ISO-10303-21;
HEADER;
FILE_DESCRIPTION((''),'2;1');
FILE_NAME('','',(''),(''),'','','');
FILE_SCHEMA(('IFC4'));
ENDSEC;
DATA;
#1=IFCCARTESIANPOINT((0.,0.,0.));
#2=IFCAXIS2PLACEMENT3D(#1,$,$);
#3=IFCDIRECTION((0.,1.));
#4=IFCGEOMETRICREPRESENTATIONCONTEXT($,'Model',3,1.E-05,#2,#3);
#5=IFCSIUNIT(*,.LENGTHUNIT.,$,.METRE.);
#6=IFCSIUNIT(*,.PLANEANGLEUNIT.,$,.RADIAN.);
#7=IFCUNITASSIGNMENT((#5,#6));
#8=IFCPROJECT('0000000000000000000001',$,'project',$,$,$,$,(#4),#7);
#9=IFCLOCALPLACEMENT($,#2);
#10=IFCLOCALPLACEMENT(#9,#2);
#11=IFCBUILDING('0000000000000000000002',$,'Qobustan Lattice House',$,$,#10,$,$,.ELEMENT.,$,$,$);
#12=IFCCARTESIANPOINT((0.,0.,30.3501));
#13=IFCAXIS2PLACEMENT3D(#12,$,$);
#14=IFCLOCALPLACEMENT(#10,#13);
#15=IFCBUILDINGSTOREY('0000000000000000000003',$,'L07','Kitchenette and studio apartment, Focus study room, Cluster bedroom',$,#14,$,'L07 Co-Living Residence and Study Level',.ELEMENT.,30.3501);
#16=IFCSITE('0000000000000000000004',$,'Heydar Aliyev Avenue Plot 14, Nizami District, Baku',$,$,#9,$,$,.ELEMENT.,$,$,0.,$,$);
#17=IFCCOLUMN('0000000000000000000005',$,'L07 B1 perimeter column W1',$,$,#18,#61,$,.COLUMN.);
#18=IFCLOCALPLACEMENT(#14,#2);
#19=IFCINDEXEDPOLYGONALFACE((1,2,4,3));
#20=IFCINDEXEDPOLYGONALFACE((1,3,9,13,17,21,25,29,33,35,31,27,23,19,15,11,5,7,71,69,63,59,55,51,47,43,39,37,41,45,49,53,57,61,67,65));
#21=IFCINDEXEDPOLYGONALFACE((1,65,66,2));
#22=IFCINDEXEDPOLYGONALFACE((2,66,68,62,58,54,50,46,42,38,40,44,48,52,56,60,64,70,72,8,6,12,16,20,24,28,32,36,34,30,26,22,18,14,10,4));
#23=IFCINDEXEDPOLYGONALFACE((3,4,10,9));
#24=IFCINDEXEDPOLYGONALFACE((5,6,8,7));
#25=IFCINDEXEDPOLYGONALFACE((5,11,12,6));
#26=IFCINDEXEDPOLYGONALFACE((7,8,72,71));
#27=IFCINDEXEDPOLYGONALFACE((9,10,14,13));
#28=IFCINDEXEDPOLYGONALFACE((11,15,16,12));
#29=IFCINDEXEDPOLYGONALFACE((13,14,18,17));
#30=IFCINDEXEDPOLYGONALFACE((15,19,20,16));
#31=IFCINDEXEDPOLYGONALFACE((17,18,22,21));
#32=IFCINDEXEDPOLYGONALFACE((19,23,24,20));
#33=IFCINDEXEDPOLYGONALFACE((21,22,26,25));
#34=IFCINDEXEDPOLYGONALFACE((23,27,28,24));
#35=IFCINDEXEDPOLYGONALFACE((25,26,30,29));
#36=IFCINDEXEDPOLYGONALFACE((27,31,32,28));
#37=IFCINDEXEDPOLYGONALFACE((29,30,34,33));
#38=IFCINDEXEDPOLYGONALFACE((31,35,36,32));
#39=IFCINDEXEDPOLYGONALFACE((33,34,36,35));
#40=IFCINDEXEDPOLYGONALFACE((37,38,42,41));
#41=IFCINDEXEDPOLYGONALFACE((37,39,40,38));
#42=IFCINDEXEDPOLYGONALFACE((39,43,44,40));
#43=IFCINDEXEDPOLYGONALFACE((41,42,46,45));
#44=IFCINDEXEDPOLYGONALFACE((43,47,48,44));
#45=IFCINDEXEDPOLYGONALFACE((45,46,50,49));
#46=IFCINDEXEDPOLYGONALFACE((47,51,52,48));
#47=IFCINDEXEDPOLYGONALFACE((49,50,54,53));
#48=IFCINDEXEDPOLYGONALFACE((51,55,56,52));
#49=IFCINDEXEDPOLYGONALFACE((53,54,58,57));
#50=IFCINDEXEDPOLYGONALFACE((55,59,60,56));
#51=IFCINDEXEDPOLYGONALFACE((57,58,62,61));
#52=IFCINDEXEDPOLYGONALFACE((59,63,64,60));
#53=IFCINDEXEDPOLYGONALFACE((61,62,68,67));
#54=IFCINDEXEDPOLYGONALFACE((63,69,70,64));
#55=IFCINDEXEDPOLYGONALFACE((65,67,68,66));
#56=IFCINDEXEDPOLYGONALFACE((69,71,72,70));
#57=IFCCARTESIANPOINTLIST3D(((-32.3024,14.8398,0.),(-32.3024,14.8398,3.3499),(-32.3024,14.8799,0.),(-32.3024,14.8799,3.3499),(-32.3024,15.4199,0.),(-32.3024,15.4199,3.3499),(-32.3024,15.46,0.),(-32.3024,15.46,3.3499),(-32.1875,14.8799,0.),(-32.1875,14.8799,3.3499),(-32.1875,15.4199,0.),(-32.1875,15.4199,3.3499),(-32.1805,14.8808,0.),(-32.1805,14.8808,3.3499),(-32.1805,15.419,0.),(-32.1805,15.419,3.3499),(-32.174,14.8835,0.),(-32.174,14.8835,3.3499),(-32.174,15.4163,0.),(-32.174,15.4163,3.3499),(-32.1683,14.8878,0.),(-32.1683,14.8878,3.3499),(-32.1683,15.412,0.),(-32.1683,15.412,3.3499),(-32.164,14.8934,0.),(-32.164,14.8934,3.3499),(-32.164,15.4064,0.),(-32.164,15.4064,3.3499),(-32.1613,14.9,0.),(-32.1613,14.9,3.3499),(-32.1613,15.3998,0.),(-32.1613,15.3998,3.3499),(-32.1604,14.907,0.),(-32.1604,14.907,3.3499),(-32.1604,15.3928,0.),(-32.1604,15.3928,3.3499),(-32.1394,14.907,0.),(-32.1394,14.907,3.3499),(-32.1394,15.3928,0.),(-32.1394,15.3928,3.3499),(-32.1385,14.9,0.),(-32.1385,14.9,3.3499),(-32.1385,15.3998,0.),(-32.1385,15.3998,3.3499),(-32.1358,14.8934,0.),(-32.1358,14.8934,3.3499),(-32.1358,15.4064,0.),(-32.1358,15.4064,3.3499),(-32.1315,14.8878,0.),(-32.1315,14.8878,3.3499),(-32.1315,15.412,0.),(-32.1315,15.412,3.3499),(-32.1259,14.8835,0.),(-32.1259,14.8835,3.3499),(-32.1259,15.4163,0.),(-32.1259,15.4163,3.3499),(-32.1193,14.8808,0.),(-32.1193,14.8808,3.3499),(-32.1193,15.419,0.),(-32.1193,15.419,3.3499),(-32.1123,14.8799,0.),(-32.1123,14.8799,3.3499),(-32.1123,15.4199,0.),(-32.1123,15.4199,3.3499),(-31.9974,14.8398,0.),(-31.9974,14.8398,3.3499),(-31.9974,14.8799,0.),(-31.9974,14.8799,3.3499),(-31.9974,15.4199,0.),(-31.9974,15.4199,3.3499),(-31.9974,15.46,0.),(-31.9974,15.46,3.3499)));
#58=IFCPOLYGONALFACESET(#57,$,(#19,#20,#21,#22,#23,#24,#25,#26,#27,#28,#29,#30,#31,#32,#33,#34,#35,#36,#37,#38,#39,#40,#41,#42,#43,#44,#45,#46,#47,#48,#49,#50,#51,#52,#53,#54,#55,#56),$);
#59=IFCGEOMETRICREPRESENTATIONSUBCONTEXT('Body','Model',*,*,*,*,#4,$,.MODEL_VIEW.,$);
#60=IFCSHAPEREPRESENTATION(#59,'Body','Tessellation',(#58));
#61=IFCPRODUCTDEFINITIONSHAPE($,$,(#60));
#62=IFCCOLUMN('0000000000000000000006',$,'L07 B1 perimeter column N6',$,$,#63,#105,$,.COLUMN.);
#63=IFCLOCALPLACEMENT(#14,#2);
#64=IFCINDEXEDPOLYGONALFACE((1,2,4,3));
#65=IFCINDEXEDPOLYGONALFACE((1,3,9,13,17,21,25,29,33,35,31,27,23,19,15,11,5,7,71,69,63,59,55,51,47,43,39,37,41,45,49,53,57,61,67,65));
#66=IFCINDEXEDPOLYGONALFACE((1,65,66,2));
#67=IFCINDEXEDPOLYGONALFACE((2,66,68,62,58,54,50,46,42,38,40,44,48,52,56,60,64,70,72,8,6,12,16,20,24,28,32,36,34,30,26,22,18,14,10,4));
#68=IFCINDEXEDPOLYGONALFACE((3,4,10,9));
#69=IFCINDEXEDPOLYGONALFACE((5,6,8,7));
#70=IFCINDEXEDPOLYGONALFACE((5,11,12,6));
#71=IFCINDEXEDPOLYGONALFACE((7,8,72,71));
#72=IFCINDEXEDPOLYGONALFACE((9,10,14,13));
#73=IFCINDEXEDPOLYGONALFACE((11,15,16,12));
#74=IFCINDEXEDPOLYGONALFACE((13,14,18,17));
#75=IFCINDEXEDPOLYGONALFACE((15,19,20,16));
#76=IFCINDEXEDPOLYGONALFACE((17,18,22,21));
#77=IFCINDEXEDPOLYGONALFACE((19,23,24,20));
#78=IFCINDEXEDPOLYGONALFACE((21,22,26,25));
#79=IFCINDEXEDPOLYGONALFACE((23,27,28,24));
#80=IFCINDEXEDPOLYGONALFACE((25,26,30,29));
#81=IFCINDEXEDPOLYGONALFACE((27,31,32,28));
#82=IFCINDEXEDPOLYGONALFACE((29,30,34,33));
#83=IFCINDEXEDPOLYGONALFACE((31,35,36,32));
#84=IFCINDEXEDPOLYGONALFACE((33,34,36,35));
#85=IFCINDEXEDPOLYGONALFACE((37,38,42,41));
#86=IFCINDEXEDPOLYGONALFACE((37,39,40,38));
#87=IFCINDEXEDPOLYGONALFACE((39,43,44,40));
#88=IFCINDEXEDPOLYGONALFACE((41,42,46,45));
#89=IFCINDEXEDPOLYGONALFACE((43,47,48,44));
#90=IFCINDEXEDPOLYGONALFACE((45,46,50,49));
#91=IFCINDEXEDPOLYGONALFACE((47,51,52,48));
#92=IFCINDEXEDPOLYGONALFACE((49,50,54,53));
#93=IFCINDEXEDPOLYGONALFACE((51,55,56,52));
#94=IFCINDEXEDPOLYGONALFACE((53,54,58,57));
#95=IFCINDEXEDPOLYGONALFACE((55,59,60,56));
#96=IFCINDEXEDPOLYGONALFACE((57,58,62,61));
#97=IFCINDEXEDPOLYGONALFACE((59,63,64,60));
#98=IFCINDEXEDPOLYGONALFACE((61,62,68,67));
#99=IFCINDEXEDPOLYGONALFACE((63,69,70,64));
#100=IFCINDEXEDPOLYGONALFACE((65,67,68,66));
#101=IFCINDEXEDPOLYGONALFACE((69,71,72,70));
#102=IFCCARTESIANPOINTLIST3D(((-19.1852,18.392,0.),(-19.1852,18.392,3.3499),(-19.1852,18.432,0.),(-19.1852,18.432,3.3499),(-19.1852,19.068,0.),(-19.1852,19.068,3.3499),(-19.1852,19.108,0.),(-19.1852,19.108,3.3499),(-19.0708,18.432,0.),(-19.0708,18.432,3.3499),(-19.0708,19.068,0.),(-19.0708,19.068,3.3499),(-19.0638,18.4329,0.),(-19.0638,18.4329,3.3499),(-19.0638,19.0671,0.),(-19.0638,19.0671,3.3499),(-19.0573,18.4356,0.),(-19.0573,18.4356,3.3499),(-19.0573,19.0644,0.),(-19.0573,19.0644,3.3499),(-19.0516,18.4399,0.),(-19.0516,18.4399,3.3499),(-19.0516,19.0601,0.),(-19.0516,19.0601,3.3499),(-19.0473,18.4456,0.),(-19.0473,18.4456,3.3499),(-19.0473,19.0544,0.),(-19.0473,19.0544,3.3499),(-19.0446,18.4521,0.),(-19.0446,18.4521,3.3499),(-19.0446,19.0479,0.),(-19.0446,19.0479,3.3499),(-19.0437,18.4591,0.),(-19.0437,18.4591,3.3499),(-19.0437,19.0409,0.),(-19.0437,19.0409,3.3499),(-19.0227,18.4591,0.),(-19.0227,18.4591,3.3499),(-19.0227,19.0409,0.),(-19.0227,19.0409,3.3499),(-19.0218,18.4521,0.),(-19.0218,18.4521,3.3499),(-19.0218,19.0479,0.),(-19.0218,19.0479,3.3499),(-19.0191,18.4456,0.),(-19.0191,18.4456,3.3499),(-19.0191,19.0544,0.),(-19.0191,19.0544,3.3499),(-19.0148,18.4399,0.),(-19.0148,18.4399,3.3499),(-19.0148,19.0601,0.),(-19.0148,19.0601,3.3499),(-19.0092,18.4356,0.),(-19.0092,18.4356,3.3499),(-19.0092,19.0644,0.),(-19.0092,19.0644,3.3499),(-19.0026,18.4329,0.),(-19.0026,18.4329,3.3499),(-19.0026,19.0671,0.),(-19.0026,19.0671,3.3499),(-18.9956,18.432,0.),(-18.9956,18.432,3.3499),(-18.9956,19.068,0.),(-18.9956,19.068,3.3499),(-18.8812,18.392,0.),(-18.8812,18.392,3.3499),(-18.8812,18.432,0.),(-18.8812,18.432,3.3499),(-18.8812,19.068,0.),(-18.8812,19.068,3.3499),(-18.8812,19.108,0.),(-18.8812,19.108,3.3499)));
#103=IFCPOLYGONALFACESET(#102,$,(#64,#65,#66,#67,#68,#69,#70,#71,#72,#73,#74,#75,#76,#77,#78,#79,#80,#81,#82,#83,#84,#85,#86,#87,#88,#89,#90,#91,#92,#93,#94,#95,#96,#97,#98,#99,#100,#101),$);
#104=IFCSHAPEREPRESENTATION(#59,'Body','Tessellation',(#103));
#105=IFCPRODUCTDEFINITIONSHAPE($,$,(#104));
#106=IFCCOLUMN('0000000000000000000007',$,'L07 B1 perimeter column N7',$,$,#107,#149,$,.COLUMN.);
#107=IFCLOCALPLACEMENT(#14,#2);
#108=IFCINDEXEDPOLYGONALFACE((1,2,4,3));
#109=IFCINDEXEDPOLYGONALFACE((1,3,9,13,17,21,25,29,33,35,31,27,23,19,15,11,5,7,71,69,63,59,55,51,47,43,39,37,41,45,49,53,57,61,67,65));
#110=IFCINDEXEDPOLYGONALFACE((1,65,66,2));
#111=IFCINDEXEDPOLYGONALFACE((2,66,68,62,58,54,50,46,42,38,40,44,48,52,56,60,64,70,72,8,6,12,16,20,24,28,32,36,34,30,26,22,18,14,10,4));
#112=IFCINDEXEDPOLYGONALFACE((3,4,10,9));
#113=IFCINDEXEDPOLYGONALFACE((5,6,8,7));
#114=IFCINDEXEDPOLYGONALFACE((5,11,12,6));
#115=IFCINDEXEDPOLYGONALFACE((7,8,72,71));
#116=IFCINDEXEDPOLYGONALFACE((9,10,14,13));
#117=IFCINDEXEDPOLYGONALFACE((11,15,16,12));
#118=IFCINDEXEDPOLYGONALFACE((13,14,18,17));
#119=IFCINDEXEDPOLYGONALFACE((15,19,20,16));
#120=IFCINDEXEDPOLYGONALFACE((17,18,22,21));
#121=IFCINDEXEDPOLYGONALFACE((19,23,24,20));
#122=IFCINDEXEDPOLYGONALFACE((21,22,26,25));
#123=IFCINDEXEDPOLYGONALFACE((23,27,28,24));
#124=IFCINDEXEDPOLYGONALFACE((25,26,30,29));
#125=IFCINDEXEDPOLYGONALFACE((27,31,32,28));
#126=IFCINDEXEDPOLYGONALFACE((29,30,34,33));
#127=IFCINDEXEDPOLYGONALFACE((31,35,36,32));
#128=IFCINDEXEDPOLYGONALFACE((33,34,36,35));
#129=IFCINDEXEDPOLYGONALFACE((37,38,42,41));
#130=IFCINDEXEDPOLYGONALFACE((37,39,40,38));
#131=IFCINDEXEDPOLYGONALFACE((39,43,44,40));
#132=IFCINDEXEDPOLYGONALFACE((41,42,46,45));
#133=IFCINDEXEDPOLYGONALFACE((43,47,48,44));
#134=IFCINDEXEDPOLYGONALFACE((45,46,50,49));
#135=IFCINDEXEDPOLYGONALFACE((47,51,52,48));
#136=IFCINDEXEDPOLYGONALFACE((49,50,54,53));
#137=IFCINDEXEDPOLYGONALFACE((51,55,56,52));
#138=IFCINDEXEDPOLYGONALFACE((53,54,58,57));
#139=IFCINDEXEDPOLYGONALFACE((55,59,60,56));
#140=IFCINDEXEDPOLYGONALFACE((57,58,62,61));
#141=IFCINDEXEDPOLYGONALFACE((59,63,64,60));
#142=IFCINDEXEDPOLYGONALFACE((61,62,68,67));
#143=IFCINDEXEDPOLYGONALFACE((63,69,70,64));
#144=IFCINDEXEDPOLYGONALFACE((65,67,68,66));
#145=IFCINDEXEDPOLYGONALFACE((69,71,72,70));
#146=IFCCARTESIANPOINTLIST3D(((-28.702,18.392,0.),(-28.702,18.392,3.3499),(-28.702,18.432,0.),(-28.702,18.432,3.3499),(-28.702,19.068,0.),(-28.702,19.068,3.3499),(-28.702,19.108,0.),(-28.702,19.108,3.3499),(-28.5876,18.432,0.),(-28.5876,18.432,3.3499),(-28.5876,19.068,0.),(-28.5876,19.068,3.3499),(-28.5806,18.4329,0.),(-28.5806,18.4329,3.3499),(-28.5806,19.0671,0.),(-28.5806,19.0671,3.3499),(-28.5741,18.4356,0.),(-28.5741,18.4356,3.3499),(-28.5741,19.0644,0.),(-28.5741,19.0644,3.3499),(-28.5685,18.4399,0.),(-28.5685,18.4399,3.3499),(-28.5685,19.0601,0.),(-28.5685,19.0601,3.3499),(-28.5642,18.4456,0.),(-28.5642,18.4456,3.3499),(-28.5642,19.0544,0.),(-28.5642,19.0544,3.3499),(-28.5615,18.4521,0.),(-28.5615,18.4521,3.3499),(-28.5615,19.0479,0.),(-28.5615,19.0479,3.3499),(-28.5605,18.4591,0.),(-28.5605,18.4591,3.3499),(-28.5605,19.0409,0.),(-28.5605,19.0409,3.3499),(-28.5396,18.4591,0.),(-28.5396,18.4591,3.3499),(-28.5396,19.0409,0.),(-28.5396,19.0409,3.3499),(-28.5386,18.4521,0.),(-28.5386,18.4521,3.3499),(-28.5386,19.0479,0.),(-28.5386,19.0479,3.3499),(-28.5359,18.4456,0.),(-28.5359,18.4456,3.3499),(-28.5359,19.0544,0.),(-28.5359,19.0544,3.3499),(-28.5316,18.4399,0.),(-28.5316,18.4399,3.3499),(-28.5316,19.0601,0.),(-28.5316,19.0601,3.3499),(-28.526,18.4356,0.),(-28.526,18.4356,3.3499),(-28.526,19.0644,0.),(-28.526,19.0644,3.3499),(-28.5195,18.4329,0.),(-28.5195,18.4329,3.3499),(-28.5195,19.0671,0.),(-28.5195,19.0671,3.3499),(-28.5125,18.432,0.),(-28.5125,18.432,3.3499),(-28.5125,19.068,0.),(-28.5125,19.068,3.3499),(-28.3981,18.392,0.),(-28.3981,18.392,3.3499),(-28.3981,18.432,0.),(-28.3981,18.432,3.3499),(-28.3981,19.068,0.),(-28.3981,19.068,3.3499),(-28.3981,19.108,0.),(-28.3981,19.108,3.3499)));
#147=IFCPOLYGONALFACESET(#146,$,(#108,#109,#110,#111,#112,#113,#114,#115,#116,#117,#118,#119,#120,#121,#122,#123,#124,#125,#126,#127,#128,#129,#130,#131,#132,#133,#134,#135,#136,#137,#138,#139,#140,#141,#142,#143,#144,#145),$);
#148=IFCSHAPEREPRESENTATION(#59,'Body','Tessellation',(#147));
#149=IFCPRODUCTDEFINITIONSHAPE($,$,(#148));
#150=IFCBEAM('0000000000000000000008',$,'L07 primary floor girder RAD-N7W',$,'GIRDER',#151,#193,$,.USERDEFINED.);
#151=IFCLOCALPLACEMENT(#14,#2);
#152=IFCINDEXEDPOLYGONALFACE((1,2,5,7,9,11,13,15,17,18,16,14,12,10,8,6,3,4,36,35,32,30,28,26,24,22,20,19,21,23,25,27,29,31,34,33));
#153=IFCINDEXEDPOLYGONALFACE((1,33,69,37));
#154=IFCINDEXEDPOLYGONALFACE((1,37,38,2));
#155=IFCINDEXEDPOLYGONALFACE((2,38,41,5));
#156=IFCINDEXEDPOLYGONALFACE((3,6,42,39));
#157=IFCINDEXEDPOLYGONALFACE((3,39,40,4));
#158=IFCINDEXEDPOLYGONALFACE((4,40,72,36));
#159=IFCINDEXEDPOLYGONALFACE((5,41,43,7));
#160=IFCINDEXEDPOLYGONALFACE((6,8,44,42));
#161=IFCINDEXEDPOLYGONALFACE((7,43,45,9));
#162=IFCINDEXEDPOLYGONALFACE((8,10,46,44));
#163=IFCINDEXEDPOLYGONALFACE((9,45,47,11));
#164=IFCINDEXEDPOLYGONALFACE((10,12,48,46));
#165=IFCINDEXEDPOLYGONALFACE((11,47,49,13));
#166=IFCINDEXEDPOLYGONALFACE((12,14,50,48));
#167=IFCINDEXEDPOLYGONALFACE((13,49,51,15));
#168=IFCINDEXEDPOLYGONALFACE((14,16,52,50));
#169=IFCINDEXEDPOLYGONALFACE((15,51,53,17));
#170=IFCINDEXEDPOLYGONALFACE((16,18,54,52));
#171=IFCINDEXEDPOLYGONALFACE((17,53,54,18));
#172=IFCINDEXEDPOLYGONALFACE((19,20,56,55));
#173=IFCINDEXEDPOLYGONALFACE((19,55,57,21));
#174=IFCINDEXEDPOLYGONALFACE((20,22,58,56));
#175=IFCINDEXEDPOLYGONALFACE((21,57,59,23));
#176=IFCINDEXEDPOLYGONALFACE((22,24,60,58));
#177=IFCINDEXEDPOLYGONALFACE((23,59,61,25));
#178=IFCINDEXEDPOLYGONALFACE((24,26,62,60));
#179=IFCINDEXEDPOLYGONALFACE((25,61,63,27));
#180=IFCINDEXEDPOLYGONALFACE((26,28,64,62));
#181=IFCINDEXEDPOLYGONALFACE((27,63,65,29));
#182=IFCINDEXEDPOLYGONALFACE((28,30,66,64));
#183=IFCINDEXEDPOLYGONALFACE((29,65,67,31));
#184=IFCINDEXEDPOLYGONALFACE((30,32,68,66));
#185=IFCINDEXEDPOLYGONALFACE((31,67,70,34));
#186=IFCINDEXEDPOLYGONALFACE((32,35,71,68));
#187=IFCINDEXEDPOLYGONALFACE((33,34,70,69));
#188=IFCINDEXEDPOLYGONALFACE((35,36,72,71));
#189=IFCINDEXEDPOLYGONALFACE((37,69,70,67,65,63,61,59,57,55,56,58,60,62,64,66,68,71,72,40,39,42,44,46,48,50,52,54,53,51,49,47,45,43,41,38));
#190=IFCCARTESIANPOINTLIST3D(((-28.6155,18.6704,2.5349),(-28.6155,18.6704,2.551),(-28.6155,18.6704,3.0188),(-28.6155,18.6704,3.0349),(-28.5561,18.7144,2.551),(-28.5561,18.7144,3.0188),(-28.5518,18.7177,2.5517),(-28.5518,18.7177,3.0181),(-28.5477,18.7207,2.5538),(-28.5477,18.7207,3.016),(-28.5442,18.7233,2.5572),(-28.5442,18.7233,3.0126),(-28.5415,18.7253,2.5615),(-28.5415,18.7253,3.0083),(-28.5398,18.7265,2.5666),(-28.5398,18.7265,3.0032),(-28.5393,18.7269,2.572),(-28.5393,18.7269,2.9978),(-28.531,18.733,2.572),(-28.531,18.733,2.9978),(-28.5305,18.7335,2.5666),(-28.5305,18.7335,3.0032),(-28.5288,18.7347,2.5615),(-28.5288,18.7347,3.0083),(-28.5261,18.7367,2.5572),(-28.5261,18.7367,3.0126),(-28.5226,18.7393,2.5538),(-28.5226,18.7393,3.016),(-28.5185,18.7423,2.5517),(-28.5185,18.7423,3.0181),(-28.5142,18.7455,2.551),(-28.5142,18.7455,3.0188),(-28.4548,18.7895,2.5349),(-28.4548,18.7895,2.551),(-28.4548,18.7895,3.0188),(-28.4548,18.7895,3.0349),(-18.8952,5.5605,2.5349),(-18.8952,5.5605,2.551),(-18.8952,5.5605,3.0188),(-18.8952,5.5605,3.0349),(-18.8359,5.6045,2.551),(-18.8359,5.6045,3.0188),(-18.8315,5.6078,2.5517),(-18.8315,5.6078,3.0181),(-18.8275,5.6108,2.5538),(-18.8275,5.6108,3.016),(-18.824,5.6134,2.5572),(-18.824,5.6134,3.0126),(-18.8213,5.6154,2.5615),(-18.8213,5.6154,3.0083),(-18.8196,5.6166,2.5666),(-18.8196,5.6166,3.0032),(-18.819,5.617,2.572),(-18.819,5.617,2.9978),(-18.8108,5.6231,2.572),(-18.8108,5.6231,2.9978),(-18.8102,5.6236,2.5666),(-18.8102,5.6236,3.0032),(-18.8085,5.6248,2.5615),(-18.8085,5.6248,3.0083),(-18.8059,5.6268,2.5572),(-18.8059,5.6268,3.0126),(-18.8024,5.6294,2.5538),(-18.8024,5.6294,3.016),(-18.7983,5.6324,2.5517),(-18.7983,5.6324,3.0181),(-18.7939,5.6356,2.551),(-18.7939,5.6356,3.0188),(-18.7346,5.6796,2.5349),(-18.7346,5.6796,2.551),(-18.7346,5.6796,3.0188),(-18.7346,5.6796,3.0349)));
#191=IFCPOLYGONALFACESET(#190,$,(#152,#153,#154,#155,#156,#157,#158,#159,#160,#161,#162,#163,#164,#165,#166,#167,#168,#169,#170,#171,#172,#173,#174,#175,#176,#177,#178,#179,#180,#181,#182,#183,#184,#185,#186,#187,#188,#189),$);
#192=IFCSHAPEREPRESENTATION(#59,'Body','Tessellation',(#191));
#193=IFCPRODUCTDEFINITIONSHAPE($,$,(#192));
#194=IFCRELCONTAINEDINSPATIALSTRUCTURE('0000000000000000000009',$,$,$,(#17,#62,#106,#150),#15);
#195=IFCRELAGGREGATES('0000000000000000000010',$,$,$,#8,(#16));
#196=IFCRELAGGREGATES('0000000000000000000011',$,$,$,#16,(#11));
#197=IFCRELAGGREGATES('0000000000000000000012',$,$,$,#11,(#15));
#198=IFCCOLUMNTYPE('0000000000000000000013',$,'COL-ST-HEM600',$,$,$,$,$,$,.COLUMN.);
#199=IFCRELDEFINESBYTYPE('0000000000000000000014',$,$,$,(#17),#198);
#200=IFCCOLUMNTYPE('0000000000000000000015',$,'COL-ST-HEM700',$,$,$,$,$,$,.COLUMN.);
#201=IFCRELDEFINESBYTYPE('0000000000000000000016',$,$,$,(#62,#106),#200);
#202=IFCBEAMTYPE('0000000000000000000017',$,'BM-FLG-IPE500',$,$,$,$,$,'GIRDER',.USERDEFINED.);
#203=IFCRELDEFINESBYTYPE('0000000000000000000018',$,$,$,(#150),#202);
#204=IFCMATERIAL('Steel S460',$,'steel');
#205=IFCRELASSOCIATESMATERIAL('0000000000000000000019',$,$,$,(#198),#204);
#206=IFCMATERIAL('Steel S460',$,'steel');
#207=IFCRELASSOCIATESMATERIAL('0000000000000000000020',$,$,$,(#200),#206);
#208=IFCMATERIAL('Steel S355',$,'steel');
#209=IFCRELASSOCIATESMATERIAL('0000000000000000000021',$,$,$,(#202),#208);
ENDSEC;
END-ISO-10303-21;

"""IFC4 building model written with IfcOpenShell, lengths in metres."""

from ifc_helpers import new_model, si_unit, direction, frame, origin, origin_2d, place, context, subcontext, project, spatial, i_section, extrude, material, material_profile, profile_set, type_object, element, save


model = new_model("IFC4")

# Units and contexts
model_context = context("Model", 3, precision=1e-05, world=origin(), true_north=direction((0.0, 1.0)))
body_context = subcontext(model_context, "Body", "Model", "MODEL_VIEW")
ifc_project = project(units=[si_unit("LENGTHUNIT", "METRE"), si_unit("PLANEANGLEUNIT", "RADIAN")], contexts=[model_context])

# Site, building, storey
site_placement = place(None, origin())
site = spatial("IfcSite", under=ifc_project, at=site_placement, Name="Heydar Aliyev Avenue Plot 14, Nizami District, Baku", CompositionType="ELEMENT", RefElevation=0.0)
building_placement = place(site_placement, origin())
building = spatial("IfcBuilding", under=site, at=building_placement, Name="Qobustan Lattice House", CompositionType="ELEMENT")
storey_placement = place(building_placement, frame((0.0, 0.0, 30.3501)))
storey = spatial("IfcBuildingStorey", under=building, at=storey_placement, Name="L07", Description="Kitchenette and studio apartment, Focus study room, Cluster bedroom", LongName="L07 Co-Living Residence and Study Level", CompositionType="ELEMENT", Elevation=30.3501)

# Columns
ifc_material_1 = material(Name="Steel S460", Category="steel")
ifc_material_profile_1 = material_profile(ifc_material_1, i_section(OverallWidth=0.3049, OverallDepth=0.6201, WebThickness=0.021, FlangeThickness=0.04, FilletRadius=0.0271, at=origin_2d()), Name="HEM600")
ifc_profile_set_1 = profile_set([ifc_material_profile_1], Name="Steel S460")
column_type_1 = type_object("IfcColumnType", Name="COL-ST-HEM600", PredefinedType="COLUMN", material=ifc_profile_set_1)
column_placement = place(storey_placement, frame((-32.1499, 15.1499, 0.0), z_axis=(0.0, 0.0, 1.0), x_axis=(1.0, 0.0, 0.0)))
element("IfcColumn", 1, at=column_placement, inside=storey, type_object=column_type_1, Name="L07 B1 perimeter column W1", PredefinedType="COLUMN", context=body_context, shape_type="SweptSolid", body=[
    extrude(i_section(OverallWidth=0.3049, OverallDepth=0.6201, WebThickness=0.021, FlangeThickness=0.04, FilletRadius=0.0271, at=origin_2d()), origin(), (0.0, 0.0, 1.0), 3.3499),
])
ifc_material_2 = material(Name="Steel S460", Category="steel")
ifc_material_profile_2 = material_profile(ifc_material_2, i_section(OverallWidth=0.304, OverallDepth=0.7161, WebThickness=0.021, FlangeThickness=0.04, FilletRadius=0.0271, at=origin_2d()), Name="HEM700")
ifc_profile_set_2 = profile_set([ifc_material_profile_2], Name="Steel S460")
column_type_2 = type_object("IfcColumnType", Name="COL-ST-HEM700", PredefinedType="COLUMN", material=ifc_profile_set_2)
for number, where, z_axis, x_axis, name in (
    (2, (-19.0332, 18.75, 0.0), (0.0, 0.0, 1.0), (1.0, 0.0, 0.0), "L07 B1 perimeter column N6"),
    (3, (-28.55, 18.75, 0.0), (0.0, 0.0, 1.0), (1.0, 0.0, 0.0), "L07 B1 perimeter column N7"),
):
    element("IfcColumn", number, at=place(storey_placement, frame(where, z_axis=z_axis, x_axis=x_axis)), inside=storey, type_object=column_type_2, Name=name, PredefinedType="COLUMN", context=body_context, shape_type="SweptSolid", body=[
        extrude(i_section(OverallWidth=0.304, OverallDepth=0.7161, WebThickness=0.021, FlangeThickness=0.04, FilletRadius=0.0271, at=origin_2d()), origin(), (0.0, 0.0, 1.0), 3.3499),
    ])

# Beam
ifc_material_3 = material(Name="Steel S355", Category="steel")
ifc_material_profile_3 = material_profile(ifc_material_3, i_section(OverallWidth=0.2, OverallDepth=0.5, WebThickness=0.0103, FlangeThickness=0.0161, FilletRadius=0.021, at=origin_2d()), Name="IPE500")
ifc_profile_set_3 = profile_set([ifc_material_profile_3], Name="Steel S355")
beam_type_1 = type_object("IfcBeamType", Name="BM-FLG-IPE500", ElementType="GIRDER", PredefinedType="USERDEFINED", material=ifc_profile_set_3)
beam_1_placement = place(storey_placement, frame((-28.5352, 18.73, 2.7849), z_axis=(0.595592, -0.803287, 0.0), x_axis=(0.803287, 0.595592, 0.0)))
element("IfcBeam", 4, at=beam_1_placement, inside=storey, type_object=beam_type_1, Name="L07 primary floor girder RAD-N7W", ObjectType="GIRDER", PredefinedType="USERDEFINED", context=body_context, shape_type="SweptSolid", body=[
    extrude(i_section(OverallWidth=0.2, OverallDepth=0.5, WebThickness=0.0103, FlangeThickness=0.0161, FilletRadius=0.021, at=origin_2d()), origin(), (0.0, 0.0, 1.0), 16.3203),
])

save(model, "model.ifc")
